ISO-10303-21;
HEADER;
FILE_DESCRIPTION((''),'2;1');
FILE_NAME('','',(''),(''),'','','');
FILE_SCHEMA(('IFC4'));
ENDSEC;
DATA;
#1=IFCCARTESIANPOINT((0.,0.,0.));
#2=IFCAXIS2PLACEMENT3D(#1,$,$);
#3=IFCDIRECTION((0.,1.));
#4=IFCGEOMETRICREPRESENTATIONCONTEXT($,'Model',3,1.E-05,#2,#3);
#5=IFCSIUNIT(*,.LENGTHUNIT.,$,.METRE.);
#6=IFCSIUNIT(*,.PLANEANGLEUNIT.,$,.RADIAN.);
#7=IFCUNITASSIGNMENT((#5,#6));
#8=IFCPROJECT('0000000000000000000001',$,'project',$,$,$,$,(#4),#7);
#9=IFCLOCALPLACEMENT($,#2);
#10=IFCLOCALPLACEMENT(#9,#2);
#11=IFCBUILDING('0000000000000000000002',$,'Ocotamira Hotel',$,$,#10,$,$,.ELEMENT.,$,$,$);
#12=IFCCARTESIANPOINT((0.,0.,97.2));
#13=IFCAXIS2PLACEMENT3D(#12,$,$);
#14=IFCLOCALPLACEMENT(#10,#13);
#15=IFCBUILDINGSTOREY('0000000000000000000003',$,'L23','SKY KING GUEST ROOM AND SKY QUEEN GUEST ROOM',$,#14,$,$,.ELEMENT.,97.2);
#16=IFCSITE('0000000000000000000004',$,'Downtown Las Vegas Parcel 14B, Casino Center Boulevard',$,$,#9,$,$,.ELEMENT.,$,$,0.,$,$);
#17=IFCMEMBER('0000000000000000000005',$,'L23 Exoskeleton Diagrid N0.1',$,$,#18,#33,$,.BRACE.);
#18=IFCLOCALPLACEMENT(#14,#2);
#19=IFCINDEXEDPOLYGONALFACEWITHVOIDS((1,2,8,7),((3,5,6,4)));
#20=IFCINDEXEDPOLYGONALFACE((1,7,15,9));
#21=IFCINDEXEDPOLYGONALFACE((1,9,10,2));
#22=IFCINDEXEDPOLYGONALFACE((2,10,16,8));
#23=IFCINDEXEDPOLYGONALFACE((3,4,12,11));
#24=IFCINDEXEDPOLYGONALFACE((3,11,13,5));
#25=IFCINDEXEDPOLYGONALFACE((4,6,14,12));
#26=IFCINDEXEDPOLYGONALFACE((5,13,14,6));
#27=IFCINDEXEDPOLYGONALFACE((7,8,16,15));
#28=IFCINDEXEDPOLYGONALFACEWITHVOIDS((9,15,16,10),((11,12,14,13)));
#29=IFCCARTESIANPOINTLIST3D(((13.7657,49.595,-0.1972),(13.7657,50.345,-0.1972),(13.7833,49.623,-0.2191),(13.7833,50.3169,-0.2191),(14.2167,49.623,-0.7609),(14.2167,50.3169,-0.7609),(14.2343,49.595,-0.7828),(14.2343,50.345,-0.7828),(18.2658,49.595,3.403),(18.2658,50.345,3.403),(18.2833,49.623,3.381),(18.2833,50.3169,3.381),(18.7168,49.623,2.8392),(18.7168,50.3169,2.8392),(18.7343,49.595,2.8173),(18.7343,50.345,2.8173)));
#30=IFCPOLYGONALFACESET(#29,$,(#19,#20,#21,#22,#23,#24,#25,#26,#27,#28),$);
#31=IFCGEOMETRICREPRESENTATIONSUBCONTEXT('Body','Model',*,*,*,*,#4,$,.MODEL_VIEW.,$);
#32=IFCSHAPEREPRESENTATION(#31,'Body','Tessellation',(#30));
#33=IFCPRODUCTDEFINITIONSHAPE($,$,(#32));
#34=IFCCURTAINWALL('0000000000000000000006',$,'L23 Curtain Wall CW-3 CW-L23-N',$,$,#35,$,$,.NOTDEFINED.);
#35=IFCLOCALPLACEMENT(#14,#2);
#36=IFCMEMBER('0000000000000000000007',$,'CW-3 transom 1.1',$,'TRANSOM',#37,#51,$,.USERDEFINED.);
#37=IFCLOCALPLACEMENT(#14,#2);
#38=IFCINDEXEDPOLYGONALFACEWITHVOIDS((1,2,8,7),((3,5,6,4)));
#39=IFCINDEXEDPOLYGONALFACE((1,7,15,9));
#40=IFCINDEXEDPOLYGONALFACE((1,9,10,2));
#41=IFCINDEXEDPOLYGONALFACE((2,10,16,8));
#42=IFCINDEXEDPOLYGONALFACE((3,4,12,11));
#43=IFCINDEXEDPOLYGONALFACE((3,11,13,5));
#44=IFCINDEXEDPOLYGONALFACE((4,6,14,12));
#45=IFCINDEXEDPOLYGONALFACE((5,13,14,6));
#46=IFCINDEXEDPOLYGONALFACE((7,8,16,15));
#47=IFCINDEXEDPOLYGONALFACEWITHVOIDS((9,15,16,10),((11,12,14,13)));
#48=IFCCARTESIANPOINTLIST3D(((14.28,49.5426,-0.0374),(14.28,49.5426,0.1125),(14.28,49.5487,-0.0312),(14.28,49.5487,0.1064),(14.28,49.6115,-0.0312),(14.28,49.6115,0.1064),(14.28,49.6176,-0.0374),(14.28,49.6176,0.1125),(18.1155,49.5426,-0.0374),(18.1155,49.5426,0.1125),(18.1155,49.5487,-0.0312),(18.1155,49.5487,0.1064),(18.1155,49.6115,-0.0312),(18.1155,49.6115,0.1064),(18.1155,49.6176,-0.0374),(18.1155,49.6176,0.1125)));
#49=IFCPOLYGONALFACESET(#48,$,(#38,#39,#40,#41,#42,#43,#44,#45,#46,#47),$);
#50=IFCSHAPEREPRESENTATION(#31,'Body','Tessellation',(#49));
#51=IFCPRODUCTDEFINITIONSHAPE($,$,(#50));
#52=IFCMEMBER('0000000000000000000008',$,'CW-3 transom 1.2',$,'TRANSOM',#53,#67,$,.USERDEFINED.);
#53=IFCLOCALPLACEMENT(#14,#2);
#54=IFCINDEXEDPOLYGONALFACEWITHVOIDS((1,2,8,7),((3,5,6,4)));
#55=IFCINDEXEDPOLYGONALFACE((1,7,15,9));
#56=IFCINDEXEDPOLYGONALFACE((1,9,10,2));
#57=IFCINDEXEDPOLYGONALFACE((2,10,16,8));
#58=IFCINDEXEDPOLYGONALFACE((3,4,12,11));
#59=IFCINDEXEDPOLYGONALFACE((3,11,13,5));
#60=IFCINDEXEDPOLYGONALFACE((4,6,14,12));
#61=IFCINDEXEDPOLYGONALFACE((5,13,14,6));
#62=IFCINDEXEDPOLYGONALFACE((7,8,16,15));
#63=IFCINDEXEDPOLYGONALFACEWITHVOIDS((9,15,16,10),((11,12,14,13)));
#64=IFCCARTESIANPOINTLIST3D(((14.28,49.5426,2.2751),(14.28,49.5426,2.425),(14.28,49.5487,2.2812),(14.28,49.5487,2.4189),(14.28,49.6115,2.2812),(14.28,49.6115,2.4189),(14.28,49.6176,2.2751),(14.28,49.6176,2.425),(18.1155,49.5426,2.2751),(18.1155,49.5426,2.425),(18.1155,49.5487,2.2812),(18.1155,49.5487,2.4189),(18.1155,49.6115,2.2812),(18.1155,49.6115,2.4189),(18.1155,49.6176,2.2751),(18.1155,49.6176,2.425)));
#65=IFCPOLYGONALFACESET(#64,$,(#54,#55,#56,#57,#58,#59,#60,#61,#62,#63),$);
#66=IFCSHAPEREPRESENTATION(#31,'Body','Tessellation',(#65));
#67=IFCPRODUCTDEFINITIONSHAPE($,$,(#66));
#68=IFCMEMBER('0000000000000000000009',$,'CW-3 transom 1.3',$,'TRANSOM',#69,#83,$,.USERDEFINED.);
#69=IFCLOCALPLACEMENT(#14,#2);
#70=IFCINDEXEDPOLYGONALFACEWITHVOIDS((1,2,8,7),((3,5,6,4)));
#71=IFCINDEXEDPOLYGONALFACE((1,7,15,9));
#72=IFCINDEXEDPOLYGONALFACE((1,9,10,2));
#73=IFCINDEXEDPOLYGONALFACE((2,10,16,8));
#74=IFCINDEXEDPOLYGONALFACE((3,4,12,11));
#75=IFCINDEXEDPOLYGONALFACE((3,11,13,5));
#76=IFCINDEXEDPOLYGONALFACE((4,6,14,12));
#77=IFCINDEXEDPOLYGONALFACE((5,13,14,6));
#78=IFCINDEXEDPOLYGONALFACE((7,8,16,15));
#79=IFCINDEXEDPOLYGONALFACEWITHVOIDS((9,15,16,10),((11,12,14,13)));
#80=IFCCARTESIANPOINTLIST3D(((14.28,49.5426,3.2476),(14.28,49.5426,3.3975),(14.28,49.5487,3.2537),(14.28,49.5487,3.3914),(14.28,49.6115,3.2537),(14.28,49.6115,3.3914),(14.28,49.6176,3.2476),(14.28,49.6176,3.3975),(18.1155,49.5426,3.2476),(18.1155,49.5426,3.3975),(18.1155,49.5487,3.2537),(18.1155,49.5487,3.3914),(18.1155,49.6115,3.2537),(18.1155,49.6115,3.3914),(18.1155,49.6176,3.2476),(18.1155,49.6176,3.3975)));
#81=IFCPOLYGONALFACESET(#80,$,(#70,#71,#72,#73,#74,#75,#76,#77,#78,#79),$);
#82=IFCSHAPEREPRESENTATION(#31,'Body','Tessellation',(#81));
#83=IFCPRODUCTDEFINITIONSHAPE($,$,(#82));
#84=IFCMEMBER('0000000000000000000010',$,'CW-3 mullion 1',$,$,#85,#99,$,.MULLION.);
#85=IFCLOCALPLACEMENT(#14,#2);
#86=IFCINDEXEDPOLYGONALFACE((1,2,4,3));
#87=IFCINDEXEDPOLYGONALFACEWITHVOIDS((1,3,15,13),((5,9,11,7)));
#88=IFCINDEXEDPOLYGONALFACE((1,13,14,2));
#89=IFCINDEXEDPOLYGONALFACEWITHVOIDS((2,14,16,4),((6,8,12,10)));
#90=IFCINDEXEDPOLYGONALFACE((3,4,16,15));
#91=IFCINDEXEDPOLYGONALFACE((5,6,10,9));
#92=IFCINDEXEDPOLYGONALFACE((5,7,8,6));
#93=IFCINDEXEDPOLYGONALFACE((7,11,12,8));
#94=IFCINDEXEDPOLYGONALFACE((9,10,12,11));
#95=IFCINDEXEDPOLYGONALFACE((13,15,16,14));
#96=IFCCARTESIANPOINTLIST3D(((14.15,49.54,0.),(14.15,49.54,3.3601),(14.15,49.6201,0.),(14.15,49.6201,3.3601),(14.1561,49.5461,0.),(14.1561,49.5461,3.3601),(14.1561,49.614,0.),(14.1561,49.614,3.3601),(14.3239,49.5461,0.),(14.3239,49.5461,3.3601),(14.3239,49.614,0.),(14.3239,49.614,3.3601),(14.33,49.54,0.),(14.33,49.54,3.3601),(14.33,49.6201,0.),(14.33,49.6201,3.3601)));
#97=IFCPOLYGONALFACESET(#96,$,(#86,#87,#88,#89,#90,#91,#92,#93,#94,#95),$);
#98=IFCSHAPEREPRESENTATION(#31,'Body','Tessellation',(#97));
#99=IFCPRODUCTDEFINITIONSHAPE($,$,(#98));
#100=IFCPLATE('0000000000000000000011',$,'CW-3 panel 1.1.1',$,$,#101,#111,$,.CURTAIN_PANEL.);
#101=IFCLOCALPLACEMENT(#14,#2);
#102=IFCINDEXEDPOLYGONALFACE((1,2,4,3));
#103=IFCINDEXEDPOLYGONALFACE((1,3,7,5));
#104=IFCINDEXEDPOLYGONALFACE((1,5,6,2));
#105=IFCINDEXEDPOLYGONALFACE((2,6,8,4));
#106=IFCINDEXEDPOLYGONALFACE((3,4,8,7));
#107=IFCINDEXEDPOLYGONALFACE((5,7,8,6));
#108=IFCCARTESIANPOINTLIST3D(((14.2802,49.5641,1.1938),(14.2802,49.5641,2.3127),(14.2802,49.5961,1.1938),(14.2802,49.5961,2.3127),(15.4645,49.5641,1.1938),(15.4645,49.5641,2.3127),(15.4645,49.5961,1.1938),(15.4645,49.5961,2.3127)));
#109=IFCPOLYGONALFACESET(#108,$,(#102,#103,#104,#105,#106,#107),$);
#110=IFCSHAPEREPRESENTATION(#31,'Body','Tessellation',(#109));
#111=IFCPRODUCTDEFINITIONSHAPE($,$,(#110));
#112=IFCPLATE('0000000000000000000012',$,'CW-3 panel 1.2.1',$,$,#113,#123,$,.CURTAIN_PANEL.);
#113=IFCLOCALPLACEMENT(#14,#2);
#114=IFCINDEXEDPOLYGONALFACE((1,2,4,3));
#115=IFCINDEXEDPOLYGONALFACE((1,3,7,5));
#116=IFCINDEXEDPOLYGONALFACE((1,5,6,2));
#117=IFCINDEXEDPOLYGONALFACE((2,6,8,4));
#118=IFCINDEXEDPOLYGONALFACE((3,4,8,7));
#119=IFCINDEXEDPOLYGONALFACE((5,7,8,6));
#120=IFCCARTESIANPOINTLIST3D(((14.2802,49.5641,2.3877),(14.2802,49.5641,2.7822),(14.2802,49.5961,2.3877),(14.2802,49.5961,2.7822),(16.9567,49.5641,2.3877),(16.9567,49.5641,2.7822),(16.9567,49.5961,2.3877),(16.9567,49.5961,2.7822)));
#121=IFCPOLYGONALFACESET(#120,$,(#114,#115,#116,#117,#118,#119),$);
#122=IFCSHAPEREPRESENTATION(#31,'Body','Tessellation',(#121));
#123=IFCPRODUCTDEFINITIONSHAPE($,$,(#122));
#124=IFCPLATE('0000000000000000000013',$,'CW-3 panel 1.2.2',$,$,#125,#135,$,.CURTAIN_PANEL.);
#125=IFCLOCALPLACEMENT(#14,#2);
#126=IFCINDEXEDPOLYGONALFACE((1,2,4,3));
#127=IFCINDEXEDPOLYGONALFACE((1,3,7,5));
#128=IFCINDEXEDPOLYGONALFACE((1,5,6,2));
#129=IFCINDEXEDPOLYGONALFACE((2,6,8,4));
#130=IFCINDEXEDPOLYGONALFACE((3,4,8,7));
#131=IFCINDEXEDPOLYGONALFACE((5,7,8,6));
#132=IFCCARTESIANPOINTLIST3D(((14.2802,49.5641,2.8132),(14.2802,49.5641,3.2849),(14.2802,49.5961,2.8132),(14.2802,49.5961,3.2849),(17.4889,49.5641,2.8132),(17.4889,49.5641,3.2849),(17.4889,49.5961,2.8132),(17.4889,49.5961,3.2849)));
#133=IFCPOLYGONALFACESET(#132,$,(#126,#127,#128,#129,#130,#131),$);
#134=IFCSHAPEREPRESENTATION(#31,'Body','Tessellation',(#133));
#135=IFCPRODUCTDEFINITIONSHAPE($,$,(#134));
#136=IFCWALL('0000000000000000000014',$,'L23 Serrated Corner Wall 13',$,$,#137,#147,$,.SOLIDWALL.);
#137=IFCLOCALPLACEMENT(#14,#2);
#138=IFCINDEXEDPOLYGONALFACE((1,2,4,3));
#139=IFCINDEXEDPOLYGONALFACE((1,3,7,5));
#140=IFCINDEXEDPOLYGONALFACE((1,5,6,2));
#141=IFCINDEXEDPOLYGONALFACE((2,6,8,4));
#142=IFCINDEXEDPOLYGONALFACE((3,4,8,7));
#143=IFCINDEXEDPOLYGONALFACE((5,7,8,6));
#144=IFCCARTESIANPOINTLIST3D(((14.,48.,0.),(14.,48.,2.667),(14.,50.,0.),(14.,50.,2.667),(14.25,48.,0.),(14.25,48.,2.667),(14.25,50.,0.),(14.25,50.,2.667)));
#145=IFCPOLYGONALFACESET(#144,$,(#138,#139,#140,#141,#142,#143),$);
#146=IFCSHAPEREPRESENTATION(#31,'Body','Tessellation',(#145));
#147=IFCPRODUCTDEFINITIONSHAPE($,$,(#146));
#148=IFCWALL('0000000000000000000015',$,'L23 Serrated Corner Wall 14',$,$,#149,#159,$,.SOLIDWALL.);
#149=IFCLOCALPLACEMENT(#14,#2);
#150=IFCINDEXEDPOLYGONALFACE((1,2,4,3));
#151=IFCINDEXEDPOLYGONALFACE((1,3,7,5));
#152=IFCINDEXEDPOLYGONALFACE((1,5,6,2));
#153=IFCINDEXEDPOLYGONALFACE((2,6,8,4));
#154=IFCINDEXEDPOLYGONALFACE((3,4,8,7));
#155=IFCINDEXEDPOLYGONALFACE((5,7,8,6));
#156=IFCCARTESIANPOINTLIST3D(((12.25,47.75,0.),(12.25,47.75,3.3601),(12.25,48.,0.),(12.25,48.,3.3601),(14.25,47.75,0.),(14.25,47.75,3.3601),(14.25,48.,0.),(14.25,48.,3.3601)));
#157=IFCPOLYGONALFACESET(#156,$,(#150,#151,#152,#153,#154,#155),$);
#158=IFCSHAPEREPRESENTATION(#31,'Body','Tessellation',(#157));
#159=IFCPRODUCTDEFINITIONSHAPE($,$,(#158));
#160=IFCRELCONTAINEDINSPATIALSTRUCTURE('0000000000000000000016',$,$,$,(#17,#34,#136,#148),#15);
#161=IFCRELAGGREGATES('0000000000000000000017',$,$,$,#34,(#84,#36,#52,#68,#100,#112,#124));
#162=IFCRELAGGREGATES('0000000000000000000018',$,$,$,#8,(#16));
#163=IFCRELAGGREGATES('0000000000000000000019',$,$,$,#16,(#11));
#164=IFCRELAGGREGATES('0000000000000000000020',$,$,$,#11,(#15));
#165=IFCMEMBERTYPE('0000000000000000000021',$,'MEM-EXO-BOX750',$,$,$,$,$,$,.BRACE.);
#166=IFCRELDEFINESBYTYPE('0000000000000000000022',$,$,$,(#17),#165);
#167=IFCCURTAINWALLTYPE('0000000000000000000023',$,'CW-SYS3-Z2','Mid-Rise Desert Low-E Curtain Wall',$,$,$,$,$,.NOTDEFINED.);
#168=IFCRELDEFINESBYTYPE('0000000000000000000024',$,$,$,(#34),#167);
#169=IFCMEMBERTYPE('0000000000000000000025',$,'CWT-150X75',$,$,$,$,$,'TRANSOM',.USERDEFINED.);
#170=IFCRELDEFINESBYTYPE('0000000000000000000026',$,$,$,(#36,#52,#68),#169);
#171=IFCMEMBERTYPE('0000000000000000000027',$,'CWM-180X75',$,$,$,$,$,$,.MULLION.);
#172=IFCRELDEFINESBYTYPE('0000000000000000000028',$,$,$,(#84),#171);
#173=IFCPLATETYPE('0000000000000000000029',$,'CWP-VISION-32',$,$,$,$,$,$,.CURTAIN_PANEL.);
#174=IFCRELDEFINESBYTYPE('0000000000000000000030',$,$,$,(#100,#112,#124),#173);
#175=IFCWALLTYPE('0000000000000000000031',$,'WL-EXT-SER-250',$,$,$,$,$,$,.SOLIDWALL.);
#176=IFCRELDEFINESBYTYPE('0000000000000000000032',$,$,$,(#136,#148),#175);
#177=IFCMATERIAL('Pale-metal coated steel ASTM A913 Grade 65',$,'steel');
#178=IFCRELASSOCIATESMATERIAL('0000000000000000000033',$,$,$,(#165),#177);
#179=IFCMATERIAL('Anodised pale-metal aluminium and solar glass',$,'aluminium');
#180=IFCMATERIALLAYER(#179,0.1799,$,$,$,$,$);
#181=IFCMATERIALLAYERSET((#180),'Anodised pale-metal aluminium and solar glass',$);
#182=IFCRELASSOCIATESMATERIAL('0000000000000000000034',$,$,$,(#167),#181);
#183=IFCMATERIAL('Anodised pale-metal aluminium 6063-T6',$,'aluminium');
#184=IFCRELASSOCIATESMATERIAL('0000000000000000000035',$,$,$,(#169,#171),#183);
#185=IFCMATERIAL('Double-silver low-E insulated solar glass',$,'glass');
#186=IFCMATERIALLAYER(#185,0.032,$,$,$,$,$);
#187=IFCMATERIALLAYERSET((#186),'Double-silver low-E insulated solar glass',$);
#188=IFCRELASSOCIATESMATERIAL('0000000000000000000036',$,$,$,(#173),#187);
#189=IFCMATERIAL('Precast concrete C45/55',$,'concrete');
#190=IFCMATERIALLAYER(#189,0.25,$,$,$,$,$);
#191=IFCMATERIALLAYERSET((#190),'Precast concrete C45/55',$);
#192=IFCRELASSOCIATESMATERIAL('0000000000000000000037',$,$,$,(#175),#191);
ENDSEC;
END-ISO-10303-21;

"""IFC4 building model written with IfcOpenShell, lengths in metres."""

from ifc_helpers import new_model, si_unit, direction, frame, frame_2d, origin, origin_2d, place, context, subcontext, project, spatial, rectangle, hollow_rectangle, extrude, source, transform, mapped, material, layer, layer_set, material_profile, profile_set, type_object, element, aggregate, save


model = new_model("IFC4")

# Units and contexts
model_context = context("Model", 3, precision=1e-05, world=origin(), true_north=direction((0.0, 1.0)))
body_context = subcontext(model_context, "Body", "Model", "MODEL_VIEW")
ifc_project = project(units=[si_unit("LENGTHUNIT", "METRE"), si_unit("PLANEANGLEUNIT", "RADIAN")], contexts=[model_context])

# Site, building, storey
site_placement = place(None, origin())
site = spatial("IfcSite", under=ifc_project, at=site_placement, Name="Downtown Las Vegas Parcel 14B, Casino Center Boulevard", CompositionType="ELEMENT", RefElevation=0.0)
building_placement = place(site_placement, origin())
building = spatial("IfcBuilding", under=site, at=building_placement, Name="Ocotamira Hotel", CompositionType="ELEMENT")
storey_placement = place(building_placement, frame((0.0, 0.0, 97.2)))
storey = spatial("IfcBuildingStorey", under=building, at=storey_placement, Name="L23", Description="SKY KING GUEST ROOM AND SKY QUEEN GUEST ROOM", CompositionType="ELEMENT", Elevation=97.2)

# Member
ifc_material_1 = material(Name="Pale-metal coated steel ASTM A913 Grade 65", Category="steel")
ifc_material_profile_1 = material_profile(ifc_material_1, hollow_rectangle(XDim=0.75, YDim=0.75, WallThickness=0.0281, at=origin_2d()), Name="BOX750X750X28")
ifc_profile_set_1 = profile_set([ifc_material_profile_1], Name="Pale-metal coated steel ASTM A913 Grade 65")
member_type_1 = type_object("IfcMemberType", Name="MEM-EXO-BOX750", PredefinedType="BRACE", material=ifc_profile_set_1)
shared_shape_1 = source(origin(), body_context, "Body", "SweptSolid", [
    extrude(hollow_rectangle(XDim=0.75, YDim=0.75, WallThickness=0.0281, at=origin_2d()), origin(), (0.0, 0.0, 1.0), 5.7629),
])
member_1_placement = place(storey_placement, frame((14.0, 49.97, -0.49), z_axis=(0.780861, 0.0, 0.624705), x_axis=(0.0, 1.0, 0.0)))
element("IfcMember", 1, at=member_1_placement, inside=storey, type_object=member_type_1, Name="L23 Exoskeleton Diagrid N0.1", PredefinedType="BRACE", context=body_context, shape_type="MappedRepresentation", body=[
    mapped(shared_shape_1, transform((0.0, 0.0, 0.0), scale=1.0)),
])

# Curtain wall, members, plates
ifc_material_2 = material(Name="Anodised pale-metal aluminium and solar glass", Category="aluminium")
ifc_layer_1 = layer(ifc_material_2, 0.1799)
ifc_layer_set_1 = layer_set([ifc_layer_1], Name="Anodised pale-metal aluminium and solar glass")
curtain_wall_type = type_object("IfcCurtainWallType", Name="CW-SYS3-Z2", Description="Mid-Rise Desert Low-E Curtain Wall", PredefinedType="NOTDEFINED", material=ifc_layer_set_1)
curtain_wall_placement = place(storey_placement, origin())
curtain_wall = element("IfcCurtainWall", 2, at=curtain_wall_placement, inside=storey, type_object=curtain_wall_type, Name="L23 Curtain Wall CW-3 CW-L23-N", PredefinedType="NOTDEFINED")
ifc_material_3 = material(Name="Anodised pale-metal aluminium 6063-T6", Category="aluminium")
ifc_material_profile_2 = material_profile(ifc_material_3, hollow_rectangle(XDim=0.075, YDim=0.1499, WallThickness=0.0061, at=origin_2d()), Name="HSS150X75X6")
ifc_profile_set_2 = profile_set([ifc_material_profile_2], Name="Anodised pale-metal aluminium 6063-T6")
member_type_2 = type_object("IfcMemberType", Name="CWT-150X75", ElementType="TRANSOM", PredefinedType="USERDEFINED", material=ifc_profile_set_2)
shared_shape_2 = source(origin(), body_context, "Body", "SweptSolid", [
    extrude(hollow_rectangle(XDim=0.075, YDim=0.1499, WallThickness=0.0061, at=origin_2d()), origin(), (0.0, 0.0, 1.0), 3.8354),
])
member_2_placement = place(storey_placement, frame((14.28, 49.5801, 0.0376), z_axis=(1.0, 0.0, 0.0), x_axis=(0.0, 1.0, 0.0)))
member_2 = element("IfcMember", 3, at=member_2_placement, type_object=member_type_2, Name="CW-3 transom 1.1", ObjectType="TRANSOM", PredefinedType="USERDEFINED", context=body_context, shape_type="MappedRepresentation", body=[
    mapped(shared_shape_2, transform((0.0, 0.0, 0.0), scale=1.0)),
])
member_3_placement = place(storey_placement, frame((14.28, 49.5801, 2.3501), z_axis=(1.0, 0.0, 0.0), x_axis=(0.0, 1.0, 0.0)))
member_3 = element("IfcMember", 4, at=member_3_placement, type_object=member_type_2, Name="CW-3 transom 1.2", ObjectType="TRANSOM", PredefinedType="USERDEFINED", context=body_context, shape_type="MappedRepresentation", body=[
    mapped(shared_shape_2, transform((0.0, 0.0, 0.0), scale=1.0)),
])
member_4_placement = place(storey_placement, frame((14.28, 49.5801, 3.3225), z_axis=(1.0, 0.0, 0.0), x_axis=(0.0, 1.0, 0.0)))
member_4 = element("IfcMember", 5, at=member_4_placement, type_object=member_type_2, Name="CW-3 transom 1.3", ObjectType="TRANSOM", PredefinedType="USERDEFINED", context=body_context, shape_type="MappedRepresentation", body=[
    mapped(shared_shape_2, transform((0.0, 0.0, 0.0), scale=1.0)),
])
ifc_material_profile_3 = material_profile(ifc_material_3, hollow_rectangle(XDim=0.0801, YDim=0.1799, WallThickness=0.0061, at=origin_2d()), Name="HSS180X80X6")
ifc_profile_set_3 = profile_set([ifc_material_profile_3], Name="Anodised pale-metal aluminium 6063-T6")
member_type_3 = type_object("IfcMemberType", Name="CWM-180X75", PredefinedType="MULLION", material=ifc_profile_set_3)
shared_shape_3 = source(origin(), body_context, "Body", "SweptSolid", [
    extrude(hollow_rectangle(XDim=0.0801, YDim=0.1799, WallThickness=0.0061, at=origin_2d()), origin(), (0.0, 0.0, 1.0), 3.3601),
])
member_5_placement = place(storey_placement, frame((14.24, 49.5801, 0.0), z_axis=(0.0, 0.0, 1.0), x_axis=(0.0, 1.0, 0.0)))
member_5 = element("IfcMember", 6, at=member_5_placement, type_object=member_type_3, Name="CW-3 mullion 1", PredefinedType="MULLION", context=body_context, shape_type="MappedRepresentation", body=[
    mapped(shared_shape_3, transform((0.0, 0.0, 0.0), scale=1.0)),
])
ifc_material_4 = material(Name="Double-silver low-E insulated solar glass", Category="glass")
ifc_layer_2 = layer(ifc_material_4, 0.032)
ifc_layer_set_2 = layer_set([ifc_layer_2], Name="Double-silver low-E insulated solar glass")
plate_type = type_object("IfcPlateType", Name="CWP-VISION-32", PredefinedType="CURTAIN_PANEL", material=ifc_layer_set_2)
shared_shape_4 = source(origin(), body_context, "Body", "SweptSolid", [
    extrude(rectangle(XDim=1.1843, YDim=0.032, at=origin_2d()), origin(), (0.0, 0.0, 1.0), 1.1189),
])
plate_1_placement = place(storey_placement, frame((14.8723, 49.5801, 1.1938), z_axis=(0.0, 0.0, 1.0), x_axis=(1.0, 0.0, 0.0)))
plate_1 = element("IfcPlate", 7, at=plate_1_placement, type_object=plate_type, Name="CW-3 panel 1.1.1", PredefinedType="CURTAIN_PANEL", context=body_context, shape_type="MappedRepresentation", body=[
    mapped(shared_shape_4, transform((0.0, 0.0, 0.0), scale=1.0)),
])
shared_shape_5 = source(origin(), body_context, "Body", "SweptSolid", [
    extrude(rectangle(XDim=2.6765, YDim=0.032, at=origin_2d()), origin(), (0.0, 0.0, 1.0), 0.3945),
])
plate_2_placement = place(storey_placement, frame((15.6184, 49.5801, 2.3877), z_axis=(0.0, 0.0, 1.0), x_axis=(1.0, 0.0, 0.0)))
plate_2 = element("IfcPlate", 8, at=plate_2_placement, type_object=plate_type, Name="CW-3 panel 1.2.1", PredefinedType="CURTAIN_PANEL", context=body_context, shape_type="MappedRepresentation", body=[
    mapped(shared_shape_5, transform((0.0, 0.0, 0.0), scale=1.0)),
])
shared_shape_6 = source(origin(), body_context, "Body", "SweptSolid", [
    extrude(rectangle(XDim=3.2087, YDim=0.032, at=origin_2d()), origin(), (0.0, 0.0, 1.0), 0.4717),
])
plate_3_placement = place(storey_placement, frame((15.8845, 49.5801, 2.8132), z_axis=(0.0, 0.0, 1.0), x_axis=(1.0, 0.0, 0.0)))
plate_3 = element("IfcPlate", 9, at=plate_3_placement, type_object=plate_type, Name="CW-3 panel 1.2.2", PredefinedType="CURTAIN_PANEL", context=body_context, shape_type="MappedRepresentation", body=[
    mapped(shared_shape_6, transform((0.0, 0.0, 0.0), scale=1.0)),
])
aggregate(curtain_wall, [member_5, member_2, member_3, member_4, plate_1, plate_2, plate_3])

# Walls
ifc_material_5 = material(Name="Precast concrete C45/55", Category="concrete")
ifc_layer_3 = layer(ifc_material_5, 0.25)
ifc_layer_set_3 = layer_set([ifc_layer_3], Name="Precast concrete C45/55")
wall_type = type_object("IfcWallType", Name="WL-EXT-SER-250", PredefinedType="SOLIDWALL", material=ifc_layer_set_3)
wall_1_placement = place(storey_placement, frame((14.125, 50.0, 0.0), z_axis=(0.0, 0.0, 1.0), x_axis=(0.0, -1.0, 0.0)))
element("IfcWall", 10, at=wall_1_placement, inside=storey, type_object=wall_type, Name="L23 Serrated Corner Wall 13", PredefinedType="SOLIDWALL", context=body_context, shape_type="SweptSolid", body=[
    extrude(rectangle(XDim=2.0, YDim=0.25, at=frame_2d((1.0, 0.0))), origin(), (0.0, 0.0, 1.0), 2.667),
])
wall_2_placement = place(storey_placement, frame((14.25, 47.875, 0.0), z_axis=(0.0, 0.0, 1.0), x_axis=(-1.0, 0.0, 0.0)))
element("IfcWall", 11, at=wall_2_placement, inside=storey, type_object=wall_type, Name="L23 Serrated Corner Wall 14", PredefinedType="SOLIDWALL", context=body_context, shape_type="SweptSolid", body=[
    extrude(rectangle(XDim=2.0, YDim=0.25, at=frame_2d((1.0, 0.0))), origin(), (0.0, 0.0, 1.0), 3.3601),
])

save(model, "model.ifc")
